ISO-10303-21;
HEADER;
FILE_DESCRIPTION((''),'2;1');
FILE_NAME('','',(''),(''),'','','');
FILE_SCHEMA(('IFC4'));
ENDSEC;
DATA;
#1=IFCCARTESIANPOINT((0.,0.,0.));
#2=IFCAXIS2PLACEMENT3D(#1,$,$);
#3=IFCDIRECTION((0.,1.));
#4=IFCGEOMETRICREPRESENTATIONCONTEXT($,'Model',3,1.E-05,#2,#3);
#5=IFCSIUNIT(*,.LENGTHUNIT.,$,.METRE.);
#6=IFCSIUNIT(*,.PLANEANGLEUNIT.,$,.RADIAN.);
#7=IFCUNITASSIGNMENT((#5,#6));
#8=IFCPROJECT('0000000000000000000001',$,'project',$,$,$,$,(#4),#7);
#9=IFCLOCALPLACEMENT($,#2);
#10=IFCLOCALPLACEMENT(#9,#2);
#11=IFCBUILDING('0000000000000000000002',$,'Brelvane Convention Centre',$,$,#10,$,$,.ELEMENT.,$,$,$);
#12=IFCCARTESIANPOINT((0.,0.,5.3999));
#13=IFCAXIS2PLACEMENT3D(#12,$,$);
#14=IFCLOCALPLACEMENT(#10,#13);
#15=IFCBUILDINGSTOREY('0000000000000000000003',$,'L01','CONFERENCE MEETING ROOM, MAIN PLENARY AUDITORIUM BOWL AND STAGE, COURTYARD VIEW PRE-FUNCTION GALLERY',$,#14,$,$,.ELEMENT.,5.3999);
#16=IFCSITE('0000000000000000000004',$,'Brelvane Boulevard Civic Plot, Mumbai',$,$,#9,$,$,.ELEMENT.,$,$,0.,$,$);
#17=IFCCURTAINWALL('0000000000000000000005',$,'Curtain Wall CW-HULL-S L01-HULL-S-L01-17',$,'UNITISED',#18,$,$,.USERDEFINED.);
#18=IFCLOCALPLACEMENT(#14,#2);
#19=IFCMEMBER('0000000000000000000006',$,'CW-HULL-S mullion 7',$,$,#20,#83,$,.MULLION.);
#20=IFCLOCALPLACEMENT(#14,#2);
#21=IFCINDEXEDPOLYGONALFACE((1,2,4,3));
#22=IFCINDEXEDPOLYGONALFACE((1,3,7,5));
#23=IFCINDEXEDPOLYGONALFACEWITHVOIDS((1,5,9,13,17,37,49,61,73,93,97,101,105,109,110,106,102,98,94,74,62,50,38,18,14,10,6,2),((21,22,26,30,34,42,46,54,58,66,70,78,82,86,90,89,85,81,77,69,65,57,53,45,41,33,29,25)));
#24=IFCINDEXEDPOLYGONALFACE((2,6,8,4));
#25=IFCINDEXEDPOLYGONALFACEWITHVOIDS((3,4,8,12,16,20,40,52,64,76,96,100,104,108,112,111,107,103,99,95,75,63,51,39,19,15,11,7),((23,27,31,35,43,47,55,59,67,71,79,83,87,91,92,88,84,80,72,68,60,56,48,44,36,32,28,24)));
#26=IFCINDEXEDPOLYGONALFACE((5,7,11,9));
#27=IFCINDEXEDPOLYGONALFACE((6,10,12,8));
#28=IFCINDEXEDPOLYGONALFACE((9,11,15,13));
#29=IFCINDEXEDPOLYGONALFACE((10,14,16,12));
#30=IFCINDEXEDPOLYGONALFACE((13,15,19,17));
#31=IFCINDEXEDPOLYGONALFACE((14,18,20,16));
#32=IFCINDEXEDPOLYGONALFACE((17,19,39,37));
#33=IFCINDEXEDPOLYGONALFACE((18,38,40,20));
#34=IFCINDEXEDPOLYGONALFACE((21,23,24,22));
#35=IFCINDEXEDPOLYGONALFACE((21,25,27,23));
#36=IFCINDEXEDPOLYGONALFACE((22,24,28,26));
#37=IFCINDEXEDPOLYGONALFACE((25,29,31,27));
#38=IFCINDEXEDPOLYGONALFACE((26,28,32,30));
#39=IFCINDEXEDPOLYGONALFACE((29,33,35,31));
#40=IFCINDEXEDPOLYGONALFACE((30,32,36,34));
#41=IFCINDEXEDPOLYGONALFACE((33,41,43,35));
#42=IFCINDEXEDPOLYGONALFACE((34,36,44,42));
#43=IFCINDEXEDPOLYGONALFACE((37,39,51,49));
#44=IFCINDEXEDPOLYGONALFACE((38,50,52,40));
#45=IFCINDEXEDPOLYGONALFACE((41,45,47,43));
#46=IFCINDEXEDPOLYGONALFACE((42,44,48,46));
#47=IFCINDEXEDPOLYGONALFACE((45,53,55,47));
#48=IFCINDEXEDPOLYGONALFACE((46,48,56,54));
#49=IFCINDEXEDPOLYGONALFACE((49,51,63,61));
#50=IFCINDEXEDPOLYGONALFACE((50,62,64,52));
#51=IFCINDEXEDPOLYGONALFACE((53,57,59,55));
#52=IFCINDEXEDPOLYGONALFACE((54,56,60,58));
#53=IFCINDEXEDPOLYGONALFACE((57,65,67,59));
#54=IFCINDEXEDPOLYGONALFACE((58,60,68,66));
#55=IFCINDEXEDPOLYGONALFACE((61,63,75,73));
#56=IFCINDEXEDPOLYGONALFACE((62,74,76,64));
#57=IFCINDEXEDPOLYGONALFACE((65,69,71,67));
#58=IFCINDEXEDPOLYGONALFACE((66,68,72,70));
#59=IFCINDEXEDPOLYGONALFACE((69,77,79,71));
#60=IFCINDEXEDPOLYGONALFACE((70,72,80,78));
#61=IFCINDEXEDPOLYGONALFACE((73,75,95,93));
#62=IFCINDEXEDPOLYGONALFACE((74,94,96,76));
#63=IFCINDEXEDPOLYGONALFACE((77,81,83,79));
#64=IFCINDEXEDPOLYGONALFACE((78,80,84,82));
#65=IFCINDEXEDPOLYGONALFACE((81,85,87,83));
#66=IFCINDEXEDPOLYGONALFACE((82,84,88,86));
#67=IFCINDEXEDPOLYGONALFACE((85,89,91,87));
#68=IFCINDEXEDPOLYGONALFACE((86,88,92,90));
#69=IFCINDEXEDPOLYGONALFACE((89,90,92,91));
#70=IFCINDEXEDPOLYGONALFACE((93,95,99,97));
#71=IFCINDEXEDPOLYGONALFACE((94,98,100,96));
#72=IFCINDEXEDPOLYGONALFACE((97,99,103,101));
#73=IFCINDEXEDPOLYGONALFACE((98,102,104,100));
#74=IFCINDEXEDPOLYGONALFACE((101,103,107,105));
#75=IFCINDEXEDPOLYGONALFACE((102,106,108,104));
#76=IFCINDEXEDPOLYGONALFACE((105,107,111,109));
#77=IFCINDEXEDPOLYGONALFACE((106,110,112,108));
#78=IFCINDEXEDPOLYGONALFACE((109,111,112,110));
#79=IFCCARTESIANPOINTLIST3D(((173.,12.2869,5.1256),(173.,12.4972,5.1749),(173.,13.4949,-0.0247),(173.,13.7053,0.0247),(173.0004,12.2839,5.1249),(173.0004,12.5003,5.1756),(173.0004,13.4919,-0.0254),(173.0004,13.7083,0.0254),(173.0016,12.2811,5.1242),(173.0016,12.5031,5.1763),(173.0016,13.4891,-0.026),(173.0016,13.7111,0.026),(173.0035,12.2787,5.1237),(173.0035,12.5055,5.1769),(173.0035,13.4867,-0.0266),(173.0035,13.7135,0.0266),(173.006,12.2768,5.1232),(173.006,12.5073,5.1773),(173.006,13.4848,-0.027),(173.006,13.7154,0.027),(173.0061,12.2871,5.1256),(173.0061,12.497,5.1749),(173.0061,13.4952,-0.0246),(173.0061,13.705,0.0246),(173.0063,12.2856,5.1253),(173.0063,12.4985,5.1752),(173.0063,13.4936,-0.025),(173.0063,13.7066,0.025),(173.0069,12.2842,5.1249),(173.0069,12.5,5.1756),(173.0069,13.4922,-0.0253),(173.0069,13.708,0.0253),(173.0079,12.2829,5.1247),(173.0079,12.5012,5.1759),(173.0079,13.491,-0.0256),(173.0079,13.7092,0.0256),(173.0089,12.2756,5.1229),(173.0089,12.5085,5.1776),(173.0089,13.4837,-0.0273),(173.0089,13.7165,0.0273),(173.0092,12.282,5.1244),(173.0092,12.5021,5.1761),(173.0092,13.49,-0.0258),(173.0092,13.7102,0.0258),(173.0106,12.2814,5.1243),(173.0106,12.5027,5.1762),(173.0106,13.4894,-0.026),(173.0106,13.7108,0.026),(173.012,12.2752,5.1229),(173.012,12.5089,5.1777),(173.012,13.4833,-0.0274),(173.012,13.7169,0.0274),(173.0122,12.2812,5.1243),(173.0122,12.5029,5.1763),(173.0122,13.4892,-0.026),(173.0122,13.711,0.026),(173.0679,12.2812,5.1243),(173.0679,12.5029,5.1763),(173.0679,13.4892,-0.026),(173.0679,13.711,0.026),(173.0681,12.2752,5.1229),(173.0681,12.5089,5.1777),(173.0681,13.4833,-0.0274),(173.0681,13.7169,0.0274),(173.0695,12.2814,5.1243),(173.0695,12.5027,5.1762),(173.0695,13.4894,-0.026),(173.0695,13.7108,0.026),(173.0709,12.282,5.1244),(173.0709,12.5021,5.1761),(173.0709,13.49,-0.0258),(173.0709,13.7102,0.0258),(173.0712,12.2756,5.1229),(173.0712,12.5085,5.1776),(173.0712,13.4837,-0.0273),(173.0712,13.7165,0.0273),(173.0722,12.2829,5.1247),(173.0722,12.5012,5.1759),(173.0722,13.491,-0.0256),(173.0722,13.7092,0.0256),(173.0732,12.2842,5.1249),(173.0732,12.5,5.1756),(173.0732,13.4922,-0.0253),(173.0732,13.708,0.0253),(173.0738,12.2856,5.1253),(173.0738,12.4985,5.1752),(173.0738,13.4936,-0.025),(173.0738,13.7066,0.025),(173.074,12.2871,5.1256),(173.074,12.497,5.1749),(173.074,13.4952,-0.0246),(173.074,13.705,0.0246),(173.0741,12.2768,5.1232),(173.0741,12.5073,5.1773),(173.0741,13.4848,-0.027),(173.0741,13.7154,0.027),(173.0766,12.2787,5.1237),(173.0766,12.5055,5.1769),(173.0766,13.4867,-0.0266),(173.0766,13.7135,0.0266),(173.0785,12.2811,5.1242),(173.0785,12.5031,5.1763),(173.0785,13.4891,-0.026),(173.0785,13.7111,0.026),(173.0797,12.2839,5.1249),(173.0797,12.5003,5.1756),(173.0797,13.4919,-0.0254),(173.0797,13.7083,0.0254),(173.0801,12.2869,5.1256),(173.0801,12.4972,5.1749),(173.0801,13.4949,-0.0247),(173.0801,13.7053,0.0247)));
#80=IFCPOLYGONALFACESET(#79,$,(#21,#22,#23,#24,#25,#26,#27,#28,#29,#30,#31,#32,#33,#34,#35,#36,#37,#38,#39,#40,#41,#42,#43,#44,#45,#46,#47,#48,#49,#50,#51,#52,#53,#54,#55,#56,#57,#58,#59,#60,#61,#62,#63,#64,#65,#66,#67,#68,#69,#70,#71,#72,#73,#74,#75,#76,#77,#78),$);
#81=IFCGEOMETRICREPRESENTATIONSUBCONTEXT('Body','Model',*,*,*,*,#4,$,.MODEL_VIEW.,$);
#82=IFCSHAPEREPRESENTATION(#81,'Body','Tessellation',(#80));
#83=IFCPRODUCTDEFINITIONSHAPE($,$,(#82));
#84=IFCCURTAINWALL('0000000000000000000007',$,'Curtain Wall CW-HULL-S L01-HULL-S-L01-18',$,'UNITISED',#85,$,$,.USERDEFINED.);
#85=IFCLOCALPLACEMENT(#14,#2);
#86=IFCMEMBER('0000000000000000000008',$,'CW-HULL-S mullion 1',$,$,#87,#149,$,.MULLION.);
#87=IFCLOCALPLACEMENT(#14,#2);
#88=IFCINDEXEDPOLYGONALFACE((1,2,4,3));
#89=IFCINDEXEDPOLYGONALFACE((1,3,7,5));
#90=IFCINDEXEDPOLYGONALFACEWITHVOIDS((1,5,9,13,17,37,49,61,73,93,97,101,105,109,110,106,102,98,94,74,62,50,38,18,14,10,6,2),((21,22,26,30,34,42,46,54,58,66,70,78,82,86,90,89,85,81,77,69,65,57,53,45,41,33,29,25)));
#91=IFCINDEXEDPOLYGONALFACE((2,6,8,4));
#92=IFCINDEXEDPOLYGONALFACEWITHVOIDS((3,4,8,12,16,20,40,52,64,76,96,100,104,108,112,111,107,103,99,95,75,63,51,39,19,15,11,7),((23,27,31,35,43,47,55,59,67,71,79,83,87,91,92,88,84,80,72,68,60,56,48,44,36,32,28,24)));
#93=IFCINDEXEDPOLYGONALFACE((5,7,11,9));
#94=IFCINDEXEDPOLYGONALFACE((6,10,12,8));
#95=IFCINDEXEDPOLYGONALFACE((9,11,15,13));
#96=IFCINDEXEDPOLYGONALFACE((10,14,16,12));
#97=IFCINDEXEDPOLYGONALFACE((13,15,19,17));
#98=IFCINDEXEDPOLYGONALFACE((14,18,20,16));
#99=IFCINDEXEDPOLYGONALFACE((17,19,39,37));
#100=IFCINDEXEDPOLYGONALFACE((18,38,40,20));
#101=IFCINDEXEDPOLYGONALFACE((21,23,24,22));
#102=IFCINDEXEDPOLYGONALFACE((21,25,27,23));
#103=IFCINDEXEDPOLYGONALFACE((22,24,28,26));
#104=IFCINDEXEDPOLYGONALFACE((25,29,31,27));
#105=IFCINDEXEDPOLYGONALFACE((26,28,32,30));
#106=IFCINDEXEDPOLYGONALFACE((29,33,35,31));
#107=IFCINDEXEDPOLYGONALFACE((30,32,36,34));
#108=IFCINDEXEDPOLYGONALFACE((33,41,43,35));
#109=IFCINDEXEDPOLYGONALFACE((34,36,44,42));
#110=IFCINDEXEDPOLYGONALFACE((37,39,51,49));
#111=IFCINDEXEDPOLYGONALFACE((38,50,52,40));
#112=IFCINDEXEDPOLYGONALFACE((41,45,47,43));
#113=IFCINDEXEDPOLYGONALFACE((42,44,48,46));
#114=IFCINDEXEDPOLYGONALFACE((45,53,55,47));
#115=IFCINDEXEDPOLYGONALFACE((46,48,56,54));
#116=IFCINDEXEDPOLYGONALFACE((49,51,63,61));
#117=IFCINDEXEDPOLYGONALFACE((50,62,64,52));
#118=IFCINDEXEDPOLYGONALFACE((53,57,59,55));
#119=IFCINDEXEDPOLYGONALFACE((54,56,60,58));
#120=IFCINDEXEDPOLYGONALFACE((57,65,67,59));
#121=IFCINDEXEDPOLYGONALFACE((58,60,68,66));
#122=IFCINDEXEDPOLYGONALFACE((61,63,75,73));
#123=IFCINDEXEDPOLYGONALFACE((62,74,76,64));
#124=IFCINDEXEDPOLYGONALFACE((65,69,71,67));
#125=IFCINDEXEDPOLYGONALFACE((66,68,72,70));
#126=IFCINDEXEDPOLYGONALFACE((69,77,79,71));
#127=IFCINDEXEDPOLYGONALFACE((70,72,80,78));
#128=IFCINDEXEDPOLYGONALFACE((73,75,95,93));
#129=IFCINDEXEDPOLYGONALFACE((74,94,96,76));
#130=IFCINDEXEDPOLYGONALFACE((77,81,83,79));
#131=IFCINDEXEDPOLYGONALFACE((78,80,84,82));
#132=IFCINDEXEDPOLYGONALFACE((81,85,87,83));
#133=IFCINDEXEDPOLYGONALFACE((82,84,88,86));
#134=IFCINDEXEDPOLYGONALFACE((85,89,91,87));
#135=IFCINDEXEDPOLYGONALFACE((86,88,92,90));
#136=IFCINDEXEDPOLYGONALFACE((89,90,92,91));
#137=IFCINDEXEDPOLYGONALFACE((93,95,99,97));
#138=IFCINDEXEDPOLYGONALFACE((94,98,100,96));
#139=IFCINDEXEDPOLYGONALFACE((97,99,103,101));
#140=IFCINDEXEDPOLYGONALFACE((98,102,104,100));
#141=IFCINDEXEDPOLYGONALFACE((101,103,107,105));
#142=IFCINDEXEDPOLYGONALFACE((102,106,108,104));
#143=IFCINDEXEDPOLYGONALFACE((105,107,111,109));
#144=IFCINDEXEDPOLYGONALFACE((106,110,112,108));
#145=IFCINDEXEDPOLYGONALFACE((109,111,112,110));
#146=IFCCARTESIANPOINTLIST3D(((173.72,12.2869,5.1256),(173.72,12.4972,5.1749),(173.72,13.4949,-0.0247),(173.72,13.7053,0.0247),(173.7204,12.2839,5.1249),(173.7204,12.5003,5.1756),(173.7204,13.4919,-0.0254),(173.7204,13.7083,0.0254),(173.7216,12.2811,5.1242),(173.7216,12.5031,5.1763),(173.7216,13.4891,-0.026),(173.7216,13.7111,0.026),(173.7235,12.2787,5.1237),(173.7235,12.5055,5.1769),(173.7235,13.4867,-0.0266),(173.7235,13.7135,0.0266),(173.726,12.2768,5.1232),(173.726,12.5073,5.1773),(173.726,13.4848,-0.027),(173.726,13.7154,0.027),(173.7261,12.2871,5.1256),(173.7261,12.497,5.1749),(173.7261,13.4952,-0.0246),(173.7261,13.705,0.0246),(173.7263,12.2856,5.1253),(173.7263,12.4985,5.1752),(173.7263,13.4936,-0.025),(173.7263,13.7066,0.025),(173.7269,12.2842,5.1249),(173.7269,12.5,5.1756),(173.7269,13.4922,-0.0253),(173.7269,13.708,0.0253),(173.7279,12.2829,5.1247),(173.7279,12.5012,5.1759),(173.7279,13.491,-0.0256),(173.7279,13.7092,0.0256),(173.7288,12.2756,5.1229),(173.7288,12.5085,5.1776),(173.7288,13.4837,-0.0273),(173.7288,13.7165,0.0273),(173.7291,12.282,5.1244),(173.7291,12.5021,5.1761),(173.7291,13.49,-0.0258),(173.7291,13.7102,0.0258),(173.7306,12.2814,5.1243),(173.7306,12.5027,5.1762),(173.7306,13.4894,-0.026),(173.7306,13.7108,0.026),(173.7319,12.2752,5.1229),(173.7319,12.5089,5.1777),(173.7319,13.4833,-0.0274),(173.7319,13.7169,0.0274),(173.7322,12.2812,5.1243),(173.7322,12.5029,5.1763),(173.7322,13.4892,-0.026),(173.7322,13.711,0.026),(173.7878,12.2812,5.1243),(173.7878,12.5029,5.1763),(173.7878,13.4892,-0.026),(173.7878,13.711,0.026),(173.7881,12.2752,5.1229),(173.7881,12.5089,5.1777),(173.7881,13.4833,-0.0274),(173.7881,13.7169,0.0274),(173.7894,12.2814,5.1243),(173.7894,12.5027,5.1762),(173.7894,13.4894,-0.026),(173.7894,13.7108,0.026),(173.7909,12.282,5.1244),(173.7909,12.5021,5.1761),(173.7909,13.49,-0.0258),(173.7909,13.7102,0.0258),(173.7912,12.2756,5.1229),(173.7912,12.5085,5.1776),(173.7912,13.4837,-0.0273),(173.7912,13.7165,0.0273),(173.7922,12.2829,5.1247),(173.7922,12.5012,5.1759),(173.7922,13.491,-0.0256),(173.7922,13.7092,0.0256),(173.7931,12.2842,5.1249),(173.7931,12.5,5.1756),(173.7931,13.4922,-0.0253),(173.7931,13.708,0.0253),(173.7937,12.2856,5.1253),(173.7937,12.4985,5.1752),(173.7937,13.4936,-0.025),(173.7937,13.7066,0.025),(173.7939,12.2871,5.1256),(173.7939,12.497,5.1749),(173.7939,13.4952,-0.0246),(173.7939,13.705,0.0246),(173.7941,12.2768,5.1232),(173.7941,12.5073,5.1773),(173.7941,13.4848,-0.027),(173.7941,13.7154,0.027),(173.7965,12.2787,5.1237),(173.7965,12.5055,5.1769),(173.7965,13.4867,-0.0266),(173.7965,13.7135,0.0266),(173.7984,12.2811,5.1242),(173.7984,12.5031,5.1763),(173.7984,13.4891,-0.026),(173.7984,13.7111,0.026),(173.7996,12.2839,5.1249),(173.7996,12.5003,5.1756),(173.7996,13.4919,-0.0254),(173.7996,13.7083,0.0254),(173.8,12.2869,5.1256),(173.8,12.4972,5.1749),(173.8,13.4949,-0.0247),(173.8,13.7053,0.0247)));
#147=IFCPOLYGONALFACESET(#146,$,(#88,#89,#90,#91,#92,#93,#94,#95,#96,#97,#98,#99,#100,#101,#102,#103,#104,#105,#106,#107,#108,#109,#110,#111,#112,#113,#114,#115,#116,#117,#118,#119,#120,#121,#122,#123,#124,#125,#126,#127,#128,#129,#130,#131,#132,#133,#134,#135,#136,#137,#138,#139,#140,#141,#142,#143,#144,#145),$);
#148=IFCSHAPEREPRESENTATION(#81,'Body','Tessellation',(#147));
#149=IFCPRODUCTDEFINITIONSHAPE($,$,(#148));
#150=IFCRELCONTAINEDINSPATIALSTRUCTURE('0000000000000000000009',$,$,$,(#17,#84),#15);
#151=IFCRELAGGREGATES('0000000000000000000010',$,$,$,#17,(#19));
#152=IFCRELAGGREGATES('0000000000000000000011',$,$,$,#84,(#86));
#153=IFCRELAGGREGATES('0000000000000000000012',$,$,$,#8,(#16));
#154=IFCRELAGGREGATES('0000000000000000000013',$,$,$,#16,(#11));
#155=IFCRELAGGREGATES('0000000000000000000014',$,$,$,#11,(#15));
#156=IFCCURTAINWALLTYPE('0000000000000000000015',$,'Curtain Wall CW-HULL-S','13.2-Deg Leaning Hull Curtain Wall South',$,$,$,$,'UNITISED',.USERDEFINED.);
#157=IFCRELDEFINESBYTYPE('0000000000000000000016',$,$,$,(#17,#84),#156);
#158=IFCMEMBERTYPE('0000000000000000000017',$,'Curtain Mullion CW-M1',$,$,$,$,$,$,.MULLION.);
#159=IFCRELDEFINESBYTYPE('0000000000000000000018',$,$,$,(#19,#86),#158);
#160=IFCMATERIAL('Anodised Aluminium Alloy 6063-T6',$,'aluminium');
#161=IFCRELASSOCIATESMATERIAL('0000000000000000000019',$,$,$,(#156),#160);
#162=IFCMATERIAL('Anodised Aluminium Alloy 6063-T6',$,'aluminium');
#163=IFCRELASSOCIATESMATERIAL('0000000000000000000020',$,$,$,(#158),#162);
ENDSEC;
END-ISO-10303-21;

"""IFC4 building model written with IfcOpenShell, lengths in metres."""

from ifc_helpers import new_model, si_unit, direction, frame, origin, origin_2d, place, context, subcontext, project, spatial, hollow_rectangle, extrude, material, material_profile, profile_set, type_object, element, aggregate, save


model = new_model("IFC4")

# Units and contexts
model_context = context("Model", 3, precision=1e-05, world=origin(), true_north=direction((0.0, 1.0)))
body_context = subcontext(model_context, "Body", "Model", "MODEL_VIEW")
ifc_project = project(units=[si_unit("LENGTHUNIT", "METRE"), si_unit("PLANEANGLEUNIT", "RADIAN")], contexts=[model_context])

# Site, building, storey
site_placement = place(None, origin())
site = spatial("IfcSite", under=ifc_project, at=site_placement, Name="Brelvane Boulevard Civic Plot, Mumbai", CompositionType="ELEMENT", RefElevation=0.0)
building_placement = place(site_placement, origin())
building = spatial("IfcBuilding", under=site, at=building_placement, Name="Brelvane Convention Centre", CompositionType="ELEMENT")
storey_placement = place(building_placement, frame((0.0, 0.0, 5.3999)))
storey = spatial("IfcBuildingStorey", under=building, at=storey_placement, Name="L01", Description="CONFERENCE MEETING ROOM, MAIN PLENARY AUDITORIUM BOWL AND STAGE, COURTYARD VIEW PRE-FUNCTION GALLERY", CompositionType="ELEMENT", Elevation=5.3999)

# Curtain walls, members
ifc_material_1 = material(Name="Anodised Aluminium Alloy 6063-T6", Category="aluminium")
curtain_wall_type = type_object("IfcCurtainWallType", Name="Curtain Wall CW-HULL-S", Description="13.2-Deg Leaning Hull Curtain Wall South", ElementType="UNITISED", PredefinedType="USERDEFINED", material=ifc_material_1)
ifc_material_2 = material(Name="Anodised Aluminium Alloy 6063-T6", Category="aluminium")
ifc_material_profile_1 = material_profile(ifc_material_2, hollow_rectangle(XDim=0.0801, YDim=0.24, WallThickness=0.0061, InnerFilletRadius=0.0061, OuterFilletRadius=0.012, at=origin_2d()), Name="ALU-M 240x80x6.0")
ifc_profile_set_1 = profile_set([ifc_material_profile_1], Name="Anodised Aluminium Alloy 6063-T6")
member_type_1 = type_object("IfcMemberType", Name="Curtain Mullion CW-M1", PredefinedType="MULLION", material=ifc_profile_set_1)
curtain_wall_1_placement = place(storey_placement, origin())
curtain_wall_1 = element("IfcCurtainWall", 1, at=curtain_wall_1_placement, inside=storey, type_object=curtain_wall_type, Name="Curtain Wall CW-HULL-S L01-HULL-S-L01-17", ObjectType="UNITISED", PredefinedType="USERDEFINED")
member_1_placement = place(storey_placement, frame((173.04, 13.6001, 0.0), z_axis=(0.0, -0.22836, 0.973577), x_axis=(1.0, 0.0, 0.0)))
member_1 = element("IfcMember", 2, at=member_1_placement, type_object=member_type_1, Name="CW-HULL-S mullion 7", PredefinedType="MULLION", context=body_context, shape_type="SweptSolid", body=[
    extrude(hollow_rectangle(XDim=0.0801, YDim=0.24, WallThickness=0.0061, InnerFilletRadius=0.0061, OuterFilletRadius=0.012, at=origin_2d()), origin(), (0.0, 0.0, 1.0), 5.29),
])
aggregate(curtain_wall_1, [member_1])
curtain_wall_2_placement = place(storey_placement, origin())
curtain_wall_2 = element("IfcCurtainWall", 3, at=curtain_wall_2_placement, inside=storey, type_object=curtain_wall_type, Name="Curtain Wall CW-HULL-S L01-HULL-S-L01-18", ObjectType="UNITISED", PredefinedType="USERDEFINED")
member_2_placement = place(storey_placement, frame((173.76, 13.6001, 0.0), z_axis=(0.0, -0.22836, 0.973577), x_axis=(1.0, 0.0, 0.0)))
member_2 = element("IfcMember", 4, at=member_2_placement, type_object=member_type_1, Name="CW-HULL-S mullion 1", PredefinedType="MULLION", context=body_context, shape_type="SweptSolid", body=[
    extrude(hollow_rectangle(XDim=0.0801, YDim=0.24, WallThickness=0.0061, InnerFilletRadius=0.0061, OuterFilletRadius=0.012, at=origin_2d()), origin(), (0.0, 0.0, 1.0), 5.29),
])
aggregate(curtain_wall_2, [member_2])

save(model, "model.ifc")
